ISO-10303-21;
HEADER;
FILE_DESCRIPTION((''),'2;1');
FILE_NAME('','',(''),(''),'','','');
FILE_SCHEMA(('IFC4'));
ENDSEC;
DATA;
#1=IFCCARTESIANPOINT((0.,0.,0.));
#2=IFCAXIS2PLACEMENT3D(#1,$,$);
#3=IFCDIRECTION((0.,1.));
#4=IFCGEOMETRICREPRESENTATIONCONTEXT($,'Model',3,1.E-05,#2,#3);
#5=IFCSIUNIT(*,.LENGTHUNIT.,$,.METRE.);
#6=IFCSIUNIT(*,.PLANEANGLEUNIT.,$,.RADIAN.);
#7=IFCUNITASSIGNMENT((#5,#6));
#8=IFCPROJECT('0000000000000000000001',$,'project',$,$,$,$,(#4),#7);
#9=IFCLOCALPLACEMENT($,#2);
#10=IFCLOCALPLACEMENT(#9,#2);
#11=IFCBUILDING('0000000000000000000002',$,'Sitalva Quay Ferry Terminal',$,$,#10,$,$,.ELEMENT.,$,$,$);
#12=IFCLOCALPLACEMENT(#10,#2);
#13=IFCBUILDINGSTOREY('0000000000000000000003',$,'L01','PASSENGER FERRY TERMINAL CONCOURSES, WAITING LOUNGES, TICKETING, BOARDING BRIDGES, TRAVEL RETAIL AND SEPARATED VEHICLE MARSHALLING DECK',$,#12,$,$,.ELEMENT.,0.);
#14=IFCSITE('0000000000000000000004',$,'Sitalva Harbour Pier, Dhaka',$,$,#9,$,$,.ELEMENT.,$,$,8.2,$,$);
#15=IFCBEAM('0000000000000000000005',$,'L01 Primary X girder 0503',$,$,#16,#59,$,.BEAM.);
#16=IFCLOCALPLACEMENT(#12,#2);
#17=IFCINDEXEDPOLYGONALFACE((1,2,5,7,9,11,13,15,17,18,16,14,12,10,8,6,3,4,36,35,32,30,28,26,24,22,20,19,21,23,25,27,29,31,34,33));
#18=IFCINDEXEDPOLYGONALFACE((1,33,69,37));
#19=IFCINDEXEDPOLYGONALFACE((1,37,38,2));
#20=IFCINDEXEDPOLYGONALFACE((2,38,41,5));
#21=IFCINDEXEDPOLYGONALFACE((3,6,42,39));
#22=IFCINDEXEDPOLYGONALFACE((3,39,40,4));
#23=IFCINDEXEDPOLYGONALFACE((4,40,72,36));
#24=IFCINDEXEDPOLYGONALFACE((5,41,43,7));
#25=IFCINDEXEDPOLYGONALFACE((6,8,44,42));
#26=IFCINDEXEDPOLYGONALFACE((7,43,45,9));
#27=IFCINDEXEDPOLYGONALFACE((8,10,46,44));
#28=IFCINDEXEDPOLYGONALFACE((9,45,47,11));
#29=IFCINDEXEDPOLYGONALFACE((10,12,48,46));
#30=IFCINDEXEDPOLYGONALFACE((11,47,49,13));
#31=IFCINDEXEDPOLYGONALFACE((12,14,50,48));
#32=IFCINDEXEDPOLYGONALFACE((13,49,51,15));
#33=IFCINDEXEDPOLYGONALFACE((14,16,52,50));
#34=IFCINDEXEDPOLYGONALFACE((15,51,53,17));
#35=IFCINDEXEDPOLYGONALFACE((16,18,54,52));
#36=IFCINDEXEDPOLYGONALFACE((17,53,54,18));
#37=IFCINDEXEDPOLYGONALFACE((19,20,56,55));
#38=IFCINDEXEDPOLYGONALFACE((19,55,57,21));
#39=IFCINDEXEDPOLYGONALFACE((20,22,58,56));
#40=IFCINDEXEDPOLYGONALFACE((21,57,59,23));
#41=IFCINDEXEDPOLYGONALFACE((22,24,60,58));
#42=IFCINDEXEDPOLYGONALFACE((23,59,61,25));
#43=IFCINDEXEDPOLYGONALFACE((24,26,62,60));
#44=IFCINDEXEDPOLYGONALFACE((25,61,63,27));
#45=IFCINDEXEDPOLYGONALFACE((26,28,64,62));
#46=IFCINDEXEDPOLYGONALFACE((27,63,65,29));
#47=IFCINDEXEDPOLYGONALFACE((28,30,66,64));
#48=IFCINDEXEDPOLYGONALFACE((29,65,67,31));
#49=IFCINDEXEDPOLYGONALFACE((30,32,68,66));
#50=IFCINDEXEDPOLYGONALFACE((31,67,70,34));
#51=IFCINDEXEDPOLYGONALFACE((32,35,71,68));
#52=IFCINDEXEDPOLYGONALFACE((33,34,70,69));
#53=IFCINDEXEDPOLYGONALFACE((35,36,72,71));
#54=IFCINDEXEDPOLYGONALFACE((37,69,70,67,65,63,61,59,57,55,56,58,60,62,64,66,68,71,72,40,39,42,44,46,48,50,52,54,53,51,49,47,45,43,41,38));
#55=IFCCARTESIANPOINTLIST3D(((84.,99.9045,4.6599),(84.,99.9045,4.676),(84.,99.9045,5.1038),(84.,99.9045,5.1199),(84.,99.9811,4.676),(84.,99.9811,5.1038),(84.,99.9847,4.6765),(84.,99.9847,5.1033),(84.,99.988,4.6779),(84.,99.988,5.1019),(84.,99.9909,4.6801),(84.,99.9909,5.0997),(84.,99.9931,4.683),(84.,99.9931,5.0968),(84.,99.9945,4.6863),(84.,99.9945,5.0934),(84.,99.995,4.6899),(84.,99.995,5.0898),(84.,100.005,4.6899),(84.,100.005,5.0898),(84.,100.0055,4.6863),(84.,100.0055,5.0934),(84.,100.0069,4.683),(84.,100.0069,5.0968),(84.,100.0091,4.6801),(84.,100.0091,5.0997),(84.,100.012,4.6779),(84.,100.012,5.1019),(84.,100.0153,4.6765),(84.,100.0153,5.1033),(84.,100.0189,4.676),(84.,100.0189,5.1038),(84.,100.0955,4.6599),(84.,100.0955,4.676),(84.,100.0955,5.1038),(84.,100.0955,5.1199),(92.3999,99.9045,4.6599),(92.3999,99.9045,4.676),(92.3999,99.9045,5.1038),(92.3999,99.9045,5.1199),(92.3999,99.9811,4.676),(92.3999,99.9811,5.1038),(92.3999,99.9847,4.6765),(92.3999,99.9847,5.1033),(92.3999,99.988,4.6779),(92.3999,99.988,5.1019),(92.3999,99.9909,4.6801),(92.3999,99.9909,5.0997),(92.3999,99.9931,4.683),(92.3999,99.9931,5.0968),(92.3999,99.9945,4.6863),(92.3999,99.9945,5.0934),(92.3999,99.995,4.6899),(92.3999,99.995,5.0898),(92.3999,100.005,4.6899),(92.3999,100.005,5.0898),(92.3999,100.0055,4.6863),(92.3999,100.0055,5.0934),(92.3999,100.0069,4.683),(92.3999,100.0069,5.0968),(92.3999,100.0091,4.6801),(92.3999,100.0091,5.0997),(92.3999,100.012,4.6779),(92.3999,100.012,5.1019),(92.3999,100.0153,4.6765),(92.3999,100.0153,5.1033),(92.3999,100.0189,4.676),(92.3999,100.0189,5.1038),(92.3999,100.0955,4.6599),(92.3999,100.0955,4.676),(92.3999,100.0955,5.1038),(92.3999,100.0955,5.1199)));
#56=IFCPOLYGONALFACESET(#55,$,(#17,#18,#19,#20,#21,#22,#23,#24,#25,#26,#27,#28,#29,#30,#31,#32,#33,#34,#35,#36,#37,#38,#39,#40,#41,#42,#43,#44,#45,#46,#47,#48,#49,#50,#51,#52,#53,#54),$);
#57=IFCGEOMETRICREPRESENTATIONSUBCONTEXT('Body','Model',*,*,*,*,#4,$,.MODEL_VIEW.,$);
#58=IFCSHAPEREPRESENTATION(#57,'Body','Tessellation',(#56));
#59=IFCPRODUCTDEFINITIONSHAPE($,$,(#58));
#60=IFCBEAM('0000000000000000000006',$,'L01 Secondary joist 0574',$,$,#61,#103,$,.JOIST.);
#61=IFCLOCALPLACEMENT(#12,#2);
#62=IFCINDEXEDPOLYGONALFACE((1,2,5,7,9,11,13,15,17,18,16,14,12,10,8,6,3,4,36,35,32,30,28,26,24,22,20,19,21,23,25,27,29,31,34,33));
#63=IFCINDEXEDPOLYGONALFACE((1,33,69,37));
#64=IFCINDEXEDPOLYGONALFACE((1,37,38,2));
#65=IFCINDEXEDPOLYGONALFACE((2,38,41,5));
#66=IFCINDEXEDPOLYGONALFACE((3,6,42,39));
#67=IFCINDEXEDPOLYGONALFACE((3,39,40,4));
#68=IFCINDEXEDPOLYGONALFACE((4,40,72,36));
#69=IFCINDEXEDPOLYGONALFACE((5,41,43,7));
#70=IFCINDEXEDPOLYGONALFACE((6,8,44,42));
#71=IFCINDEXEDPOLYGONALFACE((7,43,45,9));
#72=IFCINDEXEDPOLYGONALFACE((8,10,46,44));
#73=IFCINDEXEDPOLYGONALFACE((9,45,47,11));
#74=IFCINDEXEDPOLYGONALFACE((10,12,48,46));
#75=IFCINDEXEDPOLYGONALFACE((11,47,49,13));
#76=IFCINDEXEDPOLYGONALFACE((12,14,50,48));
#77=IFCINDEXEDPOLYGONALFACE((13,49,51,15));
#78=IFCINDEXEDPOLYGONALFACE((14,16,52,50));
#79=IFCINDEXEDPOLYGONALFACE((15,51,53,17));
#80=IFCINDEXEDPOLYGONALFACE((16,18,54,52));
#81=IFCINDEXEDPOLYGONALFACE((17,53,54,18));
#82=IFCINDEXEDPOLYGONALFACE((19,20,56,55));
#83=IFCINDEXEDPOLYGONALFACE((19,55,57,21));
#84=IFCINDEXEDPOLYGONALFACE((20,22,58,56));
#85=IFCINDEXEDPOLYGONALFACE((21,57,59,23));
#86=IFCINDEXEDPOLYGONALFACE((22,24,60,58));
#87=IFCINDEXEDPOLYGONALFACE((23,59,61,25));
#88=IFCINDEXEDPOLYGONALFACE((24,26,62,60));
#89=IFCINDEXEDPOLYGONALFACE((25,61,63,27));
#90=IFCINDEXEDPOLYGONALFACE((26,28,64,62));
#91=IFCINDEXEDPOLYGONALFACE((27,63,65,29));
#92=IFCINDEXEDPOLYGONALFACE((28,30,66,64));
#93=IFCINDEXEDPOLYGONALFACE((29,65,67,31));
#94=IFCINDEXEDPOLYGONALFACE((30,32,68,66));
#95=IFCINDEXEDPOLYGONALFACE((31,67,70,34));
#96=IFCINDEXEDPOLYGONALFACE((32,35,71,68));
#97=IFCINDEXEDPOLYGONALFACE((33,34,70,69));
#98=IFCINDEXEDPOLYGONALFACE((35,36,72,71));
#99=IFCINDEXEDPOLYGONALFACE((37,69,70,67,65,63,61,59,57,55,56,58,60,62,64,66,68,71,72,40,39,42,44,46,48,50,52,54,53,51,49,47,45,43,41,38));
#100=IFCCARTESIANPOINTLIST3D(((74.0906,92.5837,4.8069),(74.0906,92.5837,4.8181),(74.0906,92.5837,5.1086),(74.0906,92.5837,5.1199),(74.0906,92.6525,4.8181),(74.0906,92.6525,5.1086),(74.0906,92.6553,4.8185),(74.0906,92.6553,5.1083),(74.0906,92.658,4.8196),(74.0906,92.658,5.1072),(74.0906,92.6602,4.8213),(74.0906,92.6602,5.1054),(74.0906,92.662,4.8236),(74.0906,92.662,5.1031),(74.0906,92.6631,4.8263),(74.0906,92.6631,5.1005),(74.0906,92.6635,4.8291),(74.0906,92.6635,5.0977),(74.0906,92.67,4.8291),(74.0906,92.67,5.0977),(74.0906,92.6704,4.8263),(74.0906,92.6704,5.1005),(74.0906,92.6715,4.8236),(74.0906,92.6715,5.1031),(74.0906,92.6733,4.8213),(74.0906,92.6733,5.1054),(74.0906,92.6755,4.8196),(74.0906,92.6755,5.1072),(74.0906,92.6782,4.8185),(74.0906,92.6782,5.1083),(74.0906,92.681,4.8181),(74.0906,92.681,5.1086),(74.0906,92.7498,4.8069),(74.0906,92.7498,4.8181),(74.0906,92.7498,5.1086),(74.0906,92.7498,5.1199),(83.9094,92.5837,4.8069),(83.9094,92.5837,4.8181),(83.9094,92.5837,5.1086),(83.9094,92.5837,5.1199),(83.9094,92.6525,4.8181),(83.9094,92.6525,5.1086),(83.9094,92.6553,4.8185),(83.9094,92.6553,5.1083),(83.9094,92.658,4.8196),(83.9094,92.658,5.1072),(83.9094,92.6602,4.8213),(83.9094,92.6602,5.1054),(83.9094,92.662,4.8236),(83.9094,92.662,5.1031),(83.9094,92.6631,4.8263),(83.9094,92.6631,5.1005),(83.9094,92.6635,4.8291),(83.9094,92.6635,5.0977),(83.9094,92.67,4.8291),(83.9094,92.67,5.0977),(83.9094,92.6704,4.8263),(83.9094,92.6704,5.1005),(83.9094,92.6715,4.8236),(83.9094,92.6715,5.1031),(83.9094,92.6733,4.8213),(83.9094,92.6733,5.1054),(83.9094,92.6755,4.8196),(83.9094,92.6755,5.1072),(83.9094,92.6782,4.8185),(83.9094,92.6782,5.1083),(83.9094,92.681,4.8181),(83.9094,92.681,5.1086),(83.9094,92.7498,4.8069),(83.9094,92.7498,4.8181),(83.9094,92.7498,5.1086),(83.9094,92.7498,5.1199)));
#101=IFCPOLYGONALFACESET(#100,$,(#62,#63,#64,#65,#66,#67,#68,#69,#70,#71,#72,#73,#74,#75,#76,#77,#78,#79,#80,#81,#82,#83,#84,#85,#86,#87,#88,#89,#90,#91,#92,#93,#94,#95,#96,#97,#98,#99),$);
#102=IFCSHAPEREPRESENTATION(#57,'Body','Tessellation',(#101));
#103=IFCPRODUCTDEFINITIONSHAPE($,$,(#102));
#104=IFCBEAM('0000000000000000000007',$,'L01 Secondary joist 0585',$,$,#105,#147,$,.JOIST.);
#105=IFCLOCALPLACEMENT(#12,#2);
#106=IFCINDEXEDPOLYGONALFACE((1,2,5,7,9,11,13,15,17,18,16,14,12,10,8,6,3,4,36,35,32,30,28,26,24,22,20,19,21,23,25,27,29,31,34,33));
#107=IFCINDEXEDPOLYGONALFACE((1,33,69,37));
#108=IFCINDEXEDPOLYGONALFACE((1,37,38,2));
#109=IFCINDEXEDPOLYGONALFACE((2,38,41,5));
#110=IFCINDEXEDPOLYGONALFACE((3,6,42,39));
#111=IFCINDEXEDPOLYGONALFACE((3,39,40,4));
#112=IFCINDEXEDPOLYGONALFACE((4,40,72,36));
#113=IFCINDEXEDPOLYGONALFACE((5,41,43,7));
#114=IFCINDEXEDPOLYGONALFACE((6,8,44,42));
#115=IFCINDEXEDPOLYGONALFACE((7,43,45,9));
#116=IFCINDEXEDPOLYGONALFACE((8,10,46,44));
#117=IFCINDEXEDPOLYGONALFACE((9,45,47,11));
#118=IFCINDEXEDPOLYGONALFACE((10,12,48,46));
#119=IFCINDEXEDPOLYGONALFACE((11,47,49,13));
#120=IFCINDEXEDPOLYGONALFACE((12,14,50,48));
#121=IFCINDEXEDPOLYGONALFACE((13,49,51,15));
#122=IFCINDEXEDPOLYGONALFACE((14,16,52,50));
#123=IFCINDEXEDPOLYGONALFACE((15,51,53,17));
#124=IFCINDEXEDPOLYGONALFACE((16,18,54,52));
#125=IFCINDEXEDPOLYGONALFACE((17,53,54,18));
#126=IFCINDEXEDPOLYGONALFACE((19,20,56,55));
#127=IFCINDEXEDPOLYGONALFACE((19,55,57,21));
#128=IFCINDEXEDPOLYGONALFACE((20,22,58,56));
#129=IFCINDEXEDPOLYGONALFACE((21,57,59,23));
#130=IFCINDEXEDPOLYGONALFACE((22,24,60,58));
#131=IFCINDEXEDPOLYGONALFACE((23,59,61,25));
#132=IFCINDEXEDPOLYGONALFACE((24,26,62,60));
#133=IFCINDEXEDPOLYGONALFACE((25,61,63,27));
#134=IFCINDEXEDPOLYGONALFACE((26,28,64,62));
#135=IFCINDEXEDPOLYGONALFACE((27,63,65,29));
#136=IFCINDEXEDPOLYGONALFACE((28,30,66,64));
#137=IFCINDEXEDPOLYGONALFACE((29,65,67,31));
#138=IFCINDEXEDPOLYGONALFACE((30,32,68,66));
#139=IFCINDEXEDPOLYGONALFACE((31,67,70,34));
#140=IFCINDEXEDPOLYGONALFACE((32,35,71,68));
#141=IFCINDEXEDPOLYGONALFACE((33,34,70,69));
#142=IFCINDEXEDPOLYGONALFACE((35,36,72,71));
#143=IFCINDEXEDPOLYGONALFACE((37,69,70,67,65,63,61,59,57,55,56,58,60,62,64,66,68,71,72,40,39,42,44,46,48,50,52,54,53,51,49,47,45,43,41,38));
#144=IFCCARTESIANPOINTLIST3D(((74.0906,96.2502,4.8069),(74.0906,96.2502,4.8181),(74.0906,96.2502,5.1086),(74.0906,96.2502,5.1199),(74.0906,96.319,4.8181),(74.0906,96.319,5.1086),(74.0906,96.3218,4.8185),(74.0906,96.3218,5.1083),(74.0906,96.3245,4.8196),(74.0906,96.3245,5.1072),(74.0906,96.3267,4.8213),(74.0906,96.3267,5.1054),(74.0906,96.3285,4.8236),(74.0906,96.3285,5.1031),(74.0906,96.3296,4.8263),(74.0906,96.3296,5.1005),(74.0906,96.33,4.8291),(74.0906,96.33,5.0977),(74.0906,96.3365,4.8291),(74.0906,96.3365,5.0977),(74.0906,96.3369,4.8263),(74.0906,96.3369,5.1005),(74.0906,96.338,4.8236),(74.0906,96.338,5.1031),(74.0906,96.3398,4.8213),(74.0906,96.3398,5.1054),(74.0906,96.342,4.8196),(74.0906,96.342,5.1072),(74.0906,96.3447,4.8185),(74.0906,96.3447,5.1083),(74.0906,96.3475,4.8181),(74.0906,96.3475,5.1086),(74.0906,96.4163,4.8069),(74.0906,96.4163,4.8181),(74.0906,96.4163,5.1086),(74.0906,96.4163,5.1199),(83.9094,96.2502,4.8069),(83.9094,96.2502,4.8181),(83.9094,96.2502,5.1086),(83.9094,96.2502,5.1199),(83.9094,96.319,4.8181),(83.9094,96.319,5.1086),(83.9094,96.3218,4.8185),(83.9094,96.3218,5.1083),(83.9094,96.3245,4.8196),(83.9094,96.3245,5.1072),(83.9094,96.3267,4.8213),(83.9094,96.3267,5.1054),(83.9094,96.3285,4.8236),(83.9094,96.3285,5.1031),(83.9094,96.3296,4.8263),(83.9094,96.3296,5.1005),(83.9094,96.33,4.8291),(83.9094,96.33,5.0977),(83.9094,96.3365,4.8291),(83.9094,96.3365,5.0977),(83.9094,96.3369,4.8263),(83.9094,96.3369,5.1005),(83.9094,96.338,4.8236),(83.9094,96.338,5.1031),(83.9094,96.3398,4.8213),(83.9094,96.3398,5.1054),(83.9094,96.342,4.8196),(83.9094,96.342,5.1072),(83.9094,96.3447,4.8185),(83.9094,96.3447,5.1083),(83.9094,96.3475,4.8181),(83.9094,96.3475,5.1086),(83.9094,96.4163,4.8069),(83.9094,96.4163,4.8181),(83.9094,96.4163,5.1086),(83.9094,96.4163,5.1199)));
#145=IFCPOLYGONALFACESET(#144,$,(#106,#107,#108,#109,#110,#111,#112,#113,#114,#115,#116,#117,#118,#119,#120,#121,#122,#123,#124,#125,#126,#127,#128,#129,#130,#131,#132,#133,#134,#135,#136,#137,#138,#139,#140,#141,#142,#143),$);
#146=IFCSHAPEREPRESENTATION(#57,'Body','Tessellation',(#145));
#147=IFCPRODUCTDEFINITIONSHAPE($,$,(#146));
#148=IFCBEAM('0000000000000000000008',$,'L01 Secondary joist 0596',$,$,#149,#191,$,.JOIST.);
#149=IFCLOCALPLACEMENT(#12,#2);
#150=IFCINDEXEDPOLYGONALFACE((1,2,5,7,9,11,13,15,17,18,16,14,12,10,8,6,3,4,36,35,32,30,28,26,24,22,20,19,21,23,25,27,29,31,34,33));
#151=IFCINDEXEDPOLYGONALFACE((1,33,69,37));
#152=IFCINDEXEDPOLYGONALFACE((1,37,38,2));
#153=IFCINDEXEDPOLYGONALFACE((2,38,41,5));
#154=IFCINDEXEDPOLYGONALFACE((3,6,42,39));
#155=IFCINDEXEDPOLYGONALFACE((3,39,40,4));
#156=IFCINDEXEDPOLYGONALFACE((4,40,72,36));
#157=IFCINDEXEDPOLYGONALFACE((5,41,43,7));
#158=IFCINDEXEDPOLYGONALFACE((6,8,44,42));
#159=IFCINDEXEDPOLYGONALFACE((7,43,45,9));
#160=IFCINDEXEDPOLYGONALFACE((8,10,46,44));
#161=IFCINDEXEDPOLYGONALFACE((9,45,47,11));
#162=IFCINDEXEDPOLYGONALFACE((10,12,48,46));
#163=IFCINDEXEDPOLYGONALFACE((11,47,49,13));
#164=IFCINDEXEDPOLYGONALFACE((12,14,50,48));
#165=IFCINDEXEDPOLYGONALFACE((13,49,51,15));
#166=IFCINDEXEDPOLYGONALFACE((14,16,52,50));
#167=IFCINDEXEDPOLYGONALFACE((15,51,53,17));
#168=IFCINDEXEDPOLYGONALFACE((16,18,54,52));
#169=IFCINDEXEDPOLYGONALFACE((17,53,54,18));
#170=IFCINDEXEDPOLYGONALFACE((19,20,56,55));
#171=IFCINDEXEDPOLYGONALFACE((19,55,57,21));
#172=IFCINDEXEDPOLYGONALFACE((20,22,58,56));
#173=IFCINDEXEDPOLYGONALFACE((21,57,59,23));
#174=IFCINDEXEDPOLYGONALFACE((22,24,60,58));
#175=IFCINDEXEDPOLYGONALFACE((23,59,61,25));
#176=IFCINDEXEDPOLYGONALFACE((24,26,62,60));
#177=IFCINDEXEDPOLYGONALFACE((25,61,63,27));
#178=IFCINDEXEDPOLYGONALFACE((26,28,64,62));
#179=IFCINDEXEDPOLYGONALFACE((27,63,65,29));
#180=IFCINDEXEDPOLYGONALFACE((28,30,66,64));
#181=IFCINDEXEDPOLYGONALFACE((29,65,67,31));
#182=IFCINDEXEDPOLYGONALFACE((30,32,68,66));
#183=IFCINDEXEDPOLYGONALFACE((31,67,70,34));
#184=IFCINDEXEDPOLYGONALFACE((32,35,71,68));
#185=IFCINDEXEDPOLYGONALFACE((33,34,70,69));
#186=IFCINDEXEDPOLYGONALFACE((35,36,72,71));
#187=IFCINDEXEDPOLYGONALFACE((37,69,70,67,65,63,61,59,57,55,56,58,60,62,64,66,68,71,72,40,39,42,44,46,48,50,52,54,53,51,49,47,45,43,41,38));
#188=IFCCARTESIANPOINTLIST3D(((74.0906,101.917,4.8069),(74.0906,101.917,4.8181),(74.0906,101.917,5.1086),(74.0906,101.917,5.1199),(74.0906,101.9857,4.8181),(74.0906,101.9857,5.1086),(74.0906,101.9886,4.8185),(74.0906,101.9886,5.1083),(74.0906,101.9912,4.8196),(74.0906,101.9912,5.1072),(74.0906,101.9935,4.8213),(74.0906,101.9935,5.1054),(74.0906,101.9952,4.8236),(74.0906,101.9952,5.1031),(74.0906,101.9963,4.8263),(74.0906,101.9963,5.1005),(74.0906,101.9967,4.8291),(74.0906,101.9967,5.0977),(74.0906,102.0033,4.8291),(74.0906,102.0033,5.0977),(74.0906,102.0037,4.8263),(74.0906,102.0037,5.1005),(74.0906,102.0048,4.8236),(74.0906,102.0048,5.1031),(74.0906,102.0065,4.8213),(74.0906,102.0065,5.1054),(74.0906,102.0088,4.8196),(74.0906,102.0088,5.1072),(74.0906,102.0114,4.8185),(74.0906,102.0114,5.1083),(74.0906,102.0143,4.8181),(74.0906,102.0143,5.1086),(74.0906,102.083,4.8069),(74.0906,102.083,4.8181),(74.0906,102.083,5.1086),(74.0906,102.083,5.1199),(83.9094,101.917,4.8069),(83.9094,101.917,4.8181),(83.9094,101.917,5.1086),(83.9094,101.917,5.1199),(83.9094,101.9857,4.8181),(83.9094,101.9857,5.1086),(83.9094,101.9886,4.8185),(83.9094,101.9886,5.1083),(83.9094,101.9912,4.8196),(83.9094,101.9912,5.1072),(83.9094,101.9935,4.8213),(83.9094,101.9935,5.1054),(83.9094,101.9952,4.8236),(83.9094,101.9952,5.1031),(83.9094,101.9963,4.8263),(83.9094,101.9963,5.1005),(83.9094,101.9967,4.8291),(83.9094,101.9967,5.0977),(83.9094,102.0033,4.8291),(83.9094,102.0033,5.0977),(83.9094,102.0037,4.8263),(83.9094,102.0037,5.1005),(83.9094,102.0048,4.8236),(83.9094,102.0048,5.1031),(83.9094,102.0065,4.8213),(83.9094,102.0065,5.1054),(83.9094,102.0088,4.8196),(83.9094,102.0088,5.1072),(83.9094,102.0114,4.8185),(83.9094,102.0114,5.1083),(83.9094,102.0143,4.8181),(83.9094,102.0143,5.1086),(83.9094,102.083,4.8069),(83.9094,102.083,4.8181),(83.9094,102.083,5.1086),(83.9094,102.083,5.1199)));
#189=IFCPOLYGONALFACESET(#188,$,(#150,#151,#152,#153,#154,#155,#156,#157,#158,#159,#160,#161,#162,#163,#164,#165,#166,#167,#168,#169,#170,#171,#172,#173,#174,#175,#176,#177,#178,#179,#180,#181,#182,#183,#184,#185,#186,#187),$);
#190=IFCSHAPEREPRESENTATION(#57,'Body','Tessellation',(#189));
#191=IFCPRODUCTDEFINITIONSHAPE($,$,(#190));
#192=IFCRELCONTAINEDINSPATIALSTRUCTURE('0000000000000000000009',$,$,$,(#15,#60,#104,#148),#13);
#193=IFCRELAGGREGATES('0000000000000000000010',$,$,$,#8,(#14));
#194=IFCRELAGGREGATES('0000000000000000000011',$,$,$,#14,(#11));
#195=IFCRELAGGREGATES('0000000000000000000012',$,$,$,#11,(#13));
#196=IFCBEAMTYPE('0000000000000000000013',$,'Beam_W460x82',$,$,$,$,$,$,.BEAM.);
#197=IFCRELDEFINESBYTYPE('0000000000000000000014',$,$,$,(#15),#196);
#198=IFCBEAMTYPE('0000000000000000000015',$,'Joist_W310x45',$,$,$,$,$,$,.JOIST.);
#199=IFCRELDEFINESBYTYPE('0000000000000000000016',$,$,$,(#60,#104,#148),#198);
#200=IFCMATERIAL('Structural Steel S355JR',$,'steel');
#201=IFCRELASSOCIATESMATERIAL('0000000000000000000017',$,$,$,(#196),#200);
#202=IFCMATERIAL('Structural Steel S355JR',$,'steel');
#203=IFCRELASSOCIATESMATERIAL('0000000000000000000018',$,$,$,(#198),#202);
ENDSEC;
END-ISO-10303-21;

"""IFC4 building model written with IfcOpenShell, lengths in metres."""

from ifc_helpers import new_model, si_unit, direction, frame, origin, origin_2d, place, context, subcontext, project, spatial, i_section, extrude, material, material_profile, profile_set, type_object, element, save


model = new_model("IFC4")

# Units and contexts
model_context = context("Model", 3, precision=1e-05, world=origin(), true_north=direction((0.0, 1.0)))
body_context = subcontext(model_context, "Body", "Model", "MODEL_VIEW")
ifc_project = project(units=[si_unit("LENGTHUNIT", "METRE"), si_unit("PLANEANGLEUNIT", "RADIAN")], contexts=[model_context])

# Site, building, storey
site_placement = place(None, origin())
site = spatial("IfcSite", under=ifc_project, at=site_placement, Name="Sitalva Harbour Pier, Dhaka", CompositionType="ELEMENT", RefElevation=8.2)
building_placement = place(site_placement, origin())
building = spatial("IfcBuilding", under=site, at=building_placement, Name="Sitalva Quay Ferry Terminal", CompositionType="ELEMENT")
storey_placement = place(building_placement, origin())
storey = spatial("IfcBuildingStorey", under=building, at=storey_placement, Name="L01", Description="PASSENGER FERRY TERMINAL CONCOURSES, WAITING LOUNGES, TICKETING, BOARDING BRIDGES, TRAVEL RETAIL AND SEPARATED VEHICLE MARSHALLING DECK", CompositionType="ELEMENT", Elevation=0.0)

# Beams
ifc_material_1 = material(Name="Structural Steel S355JR", Category="steel")
ifc_material_profile_1 = material_profile(ifc_material_1, i_section(OverallWidth=0.1909, OverallDepth=0.46, WebThickness=0.01, FlangeThickness=0.0161, FilletRadius=0.0139, at=origin_2d()), Name="W460x82")
ifc_profile_set_1 = profile_set([ifc_material_profile_1], Name="Structural Steel S355JR")
beam_type_1 = type_object("IfcBeamType", Name="Beam_W460x82", PredefinedType="BEAM", material=ifc_profile_set_1)
for number, where, z_axis, x_axis, name in (
    (1, (84.0, 100.0, 4.8899), (1.0, 0.0, 0.0), (0.0, 1.0, 0.0), "L01 Primary X girder 0503"),
):
    element("IfcBeam", number, at=place(storey_placement, frame(where, z_axis=z_axis, x_axis=x_axis)), inside=storey, type_object=beam_type_1, Name=name, PredefinedType="BEAM", context=body_context, shape_type="SweptSolid", body=[
        extrude(i_section(OverallWidth=0.1909, OverallDepth=0.46, WebThickness=0.01, FlangeThickness=0.0161, FilletRadius=0.0139, at=origin_2d()), origin(), (0.0, 0.0, 1.0), 8.3999),
    ])
ifc_material_2 = material(Name="Structural Steel S355JR", Category="steel")
ifc_material_profile_2 = material_profile(ifc_material_2, i_section(OverallWidth=0.166, OverallDepth=0.313, WebThickness=0.0066, FlangeThickness=0.0112, FilletRadius=0.011, at=origin_2d()), Name="W310x45")
ifc_profile_set_2 = profile_set([ifc_material_profile_2], Name="Structural Steel S355JR")
beam_type_2 = type_object("IfcBeamType", Name="Joist_W310x45", PredefinedType="JOIST", material=ifc_profile_set_2)
for number, where, z_axis, x_axis, name in (
    (2, (74.0906, 92.6667, 4.9634), (1.0, 0.0, 0.0), (0.0, 1.0, 0.0), "L01 Secondary joist 0574"),
    (3, (74.0906, 96.3333, 4.9634), (1.0, 0.0, 0.0), (0.0, 1.0, 0.0), "L01 Secondary joist 0585"),
    (4, (74.0906, 102.0, 4.9634), (1.0, 0.0, 0.0), (0.0, 1.0, 0.0), "L01 Secondary joist 0596"),
):
    element("IfcBeam", number, at=place(storey_placement, frame(where, z_axis=z_axis, x_axis=x_axis)), inside=storey, type_object=beam_type_2, Name=name, PredefinedType="JOIST", context=body_context, shape_type="SweptSolid", body=[
        extrude(i_section(OverallWidth=0.166, OverallDepth=0.313, WebThickness=0.0066, FlangeThickness=0.0112, FilletRadius=0.011, at=origin_2d()), origin(), (0.0, 0.0, 1.0), 9.8188),
    ])

save(model, "model.ifc")
